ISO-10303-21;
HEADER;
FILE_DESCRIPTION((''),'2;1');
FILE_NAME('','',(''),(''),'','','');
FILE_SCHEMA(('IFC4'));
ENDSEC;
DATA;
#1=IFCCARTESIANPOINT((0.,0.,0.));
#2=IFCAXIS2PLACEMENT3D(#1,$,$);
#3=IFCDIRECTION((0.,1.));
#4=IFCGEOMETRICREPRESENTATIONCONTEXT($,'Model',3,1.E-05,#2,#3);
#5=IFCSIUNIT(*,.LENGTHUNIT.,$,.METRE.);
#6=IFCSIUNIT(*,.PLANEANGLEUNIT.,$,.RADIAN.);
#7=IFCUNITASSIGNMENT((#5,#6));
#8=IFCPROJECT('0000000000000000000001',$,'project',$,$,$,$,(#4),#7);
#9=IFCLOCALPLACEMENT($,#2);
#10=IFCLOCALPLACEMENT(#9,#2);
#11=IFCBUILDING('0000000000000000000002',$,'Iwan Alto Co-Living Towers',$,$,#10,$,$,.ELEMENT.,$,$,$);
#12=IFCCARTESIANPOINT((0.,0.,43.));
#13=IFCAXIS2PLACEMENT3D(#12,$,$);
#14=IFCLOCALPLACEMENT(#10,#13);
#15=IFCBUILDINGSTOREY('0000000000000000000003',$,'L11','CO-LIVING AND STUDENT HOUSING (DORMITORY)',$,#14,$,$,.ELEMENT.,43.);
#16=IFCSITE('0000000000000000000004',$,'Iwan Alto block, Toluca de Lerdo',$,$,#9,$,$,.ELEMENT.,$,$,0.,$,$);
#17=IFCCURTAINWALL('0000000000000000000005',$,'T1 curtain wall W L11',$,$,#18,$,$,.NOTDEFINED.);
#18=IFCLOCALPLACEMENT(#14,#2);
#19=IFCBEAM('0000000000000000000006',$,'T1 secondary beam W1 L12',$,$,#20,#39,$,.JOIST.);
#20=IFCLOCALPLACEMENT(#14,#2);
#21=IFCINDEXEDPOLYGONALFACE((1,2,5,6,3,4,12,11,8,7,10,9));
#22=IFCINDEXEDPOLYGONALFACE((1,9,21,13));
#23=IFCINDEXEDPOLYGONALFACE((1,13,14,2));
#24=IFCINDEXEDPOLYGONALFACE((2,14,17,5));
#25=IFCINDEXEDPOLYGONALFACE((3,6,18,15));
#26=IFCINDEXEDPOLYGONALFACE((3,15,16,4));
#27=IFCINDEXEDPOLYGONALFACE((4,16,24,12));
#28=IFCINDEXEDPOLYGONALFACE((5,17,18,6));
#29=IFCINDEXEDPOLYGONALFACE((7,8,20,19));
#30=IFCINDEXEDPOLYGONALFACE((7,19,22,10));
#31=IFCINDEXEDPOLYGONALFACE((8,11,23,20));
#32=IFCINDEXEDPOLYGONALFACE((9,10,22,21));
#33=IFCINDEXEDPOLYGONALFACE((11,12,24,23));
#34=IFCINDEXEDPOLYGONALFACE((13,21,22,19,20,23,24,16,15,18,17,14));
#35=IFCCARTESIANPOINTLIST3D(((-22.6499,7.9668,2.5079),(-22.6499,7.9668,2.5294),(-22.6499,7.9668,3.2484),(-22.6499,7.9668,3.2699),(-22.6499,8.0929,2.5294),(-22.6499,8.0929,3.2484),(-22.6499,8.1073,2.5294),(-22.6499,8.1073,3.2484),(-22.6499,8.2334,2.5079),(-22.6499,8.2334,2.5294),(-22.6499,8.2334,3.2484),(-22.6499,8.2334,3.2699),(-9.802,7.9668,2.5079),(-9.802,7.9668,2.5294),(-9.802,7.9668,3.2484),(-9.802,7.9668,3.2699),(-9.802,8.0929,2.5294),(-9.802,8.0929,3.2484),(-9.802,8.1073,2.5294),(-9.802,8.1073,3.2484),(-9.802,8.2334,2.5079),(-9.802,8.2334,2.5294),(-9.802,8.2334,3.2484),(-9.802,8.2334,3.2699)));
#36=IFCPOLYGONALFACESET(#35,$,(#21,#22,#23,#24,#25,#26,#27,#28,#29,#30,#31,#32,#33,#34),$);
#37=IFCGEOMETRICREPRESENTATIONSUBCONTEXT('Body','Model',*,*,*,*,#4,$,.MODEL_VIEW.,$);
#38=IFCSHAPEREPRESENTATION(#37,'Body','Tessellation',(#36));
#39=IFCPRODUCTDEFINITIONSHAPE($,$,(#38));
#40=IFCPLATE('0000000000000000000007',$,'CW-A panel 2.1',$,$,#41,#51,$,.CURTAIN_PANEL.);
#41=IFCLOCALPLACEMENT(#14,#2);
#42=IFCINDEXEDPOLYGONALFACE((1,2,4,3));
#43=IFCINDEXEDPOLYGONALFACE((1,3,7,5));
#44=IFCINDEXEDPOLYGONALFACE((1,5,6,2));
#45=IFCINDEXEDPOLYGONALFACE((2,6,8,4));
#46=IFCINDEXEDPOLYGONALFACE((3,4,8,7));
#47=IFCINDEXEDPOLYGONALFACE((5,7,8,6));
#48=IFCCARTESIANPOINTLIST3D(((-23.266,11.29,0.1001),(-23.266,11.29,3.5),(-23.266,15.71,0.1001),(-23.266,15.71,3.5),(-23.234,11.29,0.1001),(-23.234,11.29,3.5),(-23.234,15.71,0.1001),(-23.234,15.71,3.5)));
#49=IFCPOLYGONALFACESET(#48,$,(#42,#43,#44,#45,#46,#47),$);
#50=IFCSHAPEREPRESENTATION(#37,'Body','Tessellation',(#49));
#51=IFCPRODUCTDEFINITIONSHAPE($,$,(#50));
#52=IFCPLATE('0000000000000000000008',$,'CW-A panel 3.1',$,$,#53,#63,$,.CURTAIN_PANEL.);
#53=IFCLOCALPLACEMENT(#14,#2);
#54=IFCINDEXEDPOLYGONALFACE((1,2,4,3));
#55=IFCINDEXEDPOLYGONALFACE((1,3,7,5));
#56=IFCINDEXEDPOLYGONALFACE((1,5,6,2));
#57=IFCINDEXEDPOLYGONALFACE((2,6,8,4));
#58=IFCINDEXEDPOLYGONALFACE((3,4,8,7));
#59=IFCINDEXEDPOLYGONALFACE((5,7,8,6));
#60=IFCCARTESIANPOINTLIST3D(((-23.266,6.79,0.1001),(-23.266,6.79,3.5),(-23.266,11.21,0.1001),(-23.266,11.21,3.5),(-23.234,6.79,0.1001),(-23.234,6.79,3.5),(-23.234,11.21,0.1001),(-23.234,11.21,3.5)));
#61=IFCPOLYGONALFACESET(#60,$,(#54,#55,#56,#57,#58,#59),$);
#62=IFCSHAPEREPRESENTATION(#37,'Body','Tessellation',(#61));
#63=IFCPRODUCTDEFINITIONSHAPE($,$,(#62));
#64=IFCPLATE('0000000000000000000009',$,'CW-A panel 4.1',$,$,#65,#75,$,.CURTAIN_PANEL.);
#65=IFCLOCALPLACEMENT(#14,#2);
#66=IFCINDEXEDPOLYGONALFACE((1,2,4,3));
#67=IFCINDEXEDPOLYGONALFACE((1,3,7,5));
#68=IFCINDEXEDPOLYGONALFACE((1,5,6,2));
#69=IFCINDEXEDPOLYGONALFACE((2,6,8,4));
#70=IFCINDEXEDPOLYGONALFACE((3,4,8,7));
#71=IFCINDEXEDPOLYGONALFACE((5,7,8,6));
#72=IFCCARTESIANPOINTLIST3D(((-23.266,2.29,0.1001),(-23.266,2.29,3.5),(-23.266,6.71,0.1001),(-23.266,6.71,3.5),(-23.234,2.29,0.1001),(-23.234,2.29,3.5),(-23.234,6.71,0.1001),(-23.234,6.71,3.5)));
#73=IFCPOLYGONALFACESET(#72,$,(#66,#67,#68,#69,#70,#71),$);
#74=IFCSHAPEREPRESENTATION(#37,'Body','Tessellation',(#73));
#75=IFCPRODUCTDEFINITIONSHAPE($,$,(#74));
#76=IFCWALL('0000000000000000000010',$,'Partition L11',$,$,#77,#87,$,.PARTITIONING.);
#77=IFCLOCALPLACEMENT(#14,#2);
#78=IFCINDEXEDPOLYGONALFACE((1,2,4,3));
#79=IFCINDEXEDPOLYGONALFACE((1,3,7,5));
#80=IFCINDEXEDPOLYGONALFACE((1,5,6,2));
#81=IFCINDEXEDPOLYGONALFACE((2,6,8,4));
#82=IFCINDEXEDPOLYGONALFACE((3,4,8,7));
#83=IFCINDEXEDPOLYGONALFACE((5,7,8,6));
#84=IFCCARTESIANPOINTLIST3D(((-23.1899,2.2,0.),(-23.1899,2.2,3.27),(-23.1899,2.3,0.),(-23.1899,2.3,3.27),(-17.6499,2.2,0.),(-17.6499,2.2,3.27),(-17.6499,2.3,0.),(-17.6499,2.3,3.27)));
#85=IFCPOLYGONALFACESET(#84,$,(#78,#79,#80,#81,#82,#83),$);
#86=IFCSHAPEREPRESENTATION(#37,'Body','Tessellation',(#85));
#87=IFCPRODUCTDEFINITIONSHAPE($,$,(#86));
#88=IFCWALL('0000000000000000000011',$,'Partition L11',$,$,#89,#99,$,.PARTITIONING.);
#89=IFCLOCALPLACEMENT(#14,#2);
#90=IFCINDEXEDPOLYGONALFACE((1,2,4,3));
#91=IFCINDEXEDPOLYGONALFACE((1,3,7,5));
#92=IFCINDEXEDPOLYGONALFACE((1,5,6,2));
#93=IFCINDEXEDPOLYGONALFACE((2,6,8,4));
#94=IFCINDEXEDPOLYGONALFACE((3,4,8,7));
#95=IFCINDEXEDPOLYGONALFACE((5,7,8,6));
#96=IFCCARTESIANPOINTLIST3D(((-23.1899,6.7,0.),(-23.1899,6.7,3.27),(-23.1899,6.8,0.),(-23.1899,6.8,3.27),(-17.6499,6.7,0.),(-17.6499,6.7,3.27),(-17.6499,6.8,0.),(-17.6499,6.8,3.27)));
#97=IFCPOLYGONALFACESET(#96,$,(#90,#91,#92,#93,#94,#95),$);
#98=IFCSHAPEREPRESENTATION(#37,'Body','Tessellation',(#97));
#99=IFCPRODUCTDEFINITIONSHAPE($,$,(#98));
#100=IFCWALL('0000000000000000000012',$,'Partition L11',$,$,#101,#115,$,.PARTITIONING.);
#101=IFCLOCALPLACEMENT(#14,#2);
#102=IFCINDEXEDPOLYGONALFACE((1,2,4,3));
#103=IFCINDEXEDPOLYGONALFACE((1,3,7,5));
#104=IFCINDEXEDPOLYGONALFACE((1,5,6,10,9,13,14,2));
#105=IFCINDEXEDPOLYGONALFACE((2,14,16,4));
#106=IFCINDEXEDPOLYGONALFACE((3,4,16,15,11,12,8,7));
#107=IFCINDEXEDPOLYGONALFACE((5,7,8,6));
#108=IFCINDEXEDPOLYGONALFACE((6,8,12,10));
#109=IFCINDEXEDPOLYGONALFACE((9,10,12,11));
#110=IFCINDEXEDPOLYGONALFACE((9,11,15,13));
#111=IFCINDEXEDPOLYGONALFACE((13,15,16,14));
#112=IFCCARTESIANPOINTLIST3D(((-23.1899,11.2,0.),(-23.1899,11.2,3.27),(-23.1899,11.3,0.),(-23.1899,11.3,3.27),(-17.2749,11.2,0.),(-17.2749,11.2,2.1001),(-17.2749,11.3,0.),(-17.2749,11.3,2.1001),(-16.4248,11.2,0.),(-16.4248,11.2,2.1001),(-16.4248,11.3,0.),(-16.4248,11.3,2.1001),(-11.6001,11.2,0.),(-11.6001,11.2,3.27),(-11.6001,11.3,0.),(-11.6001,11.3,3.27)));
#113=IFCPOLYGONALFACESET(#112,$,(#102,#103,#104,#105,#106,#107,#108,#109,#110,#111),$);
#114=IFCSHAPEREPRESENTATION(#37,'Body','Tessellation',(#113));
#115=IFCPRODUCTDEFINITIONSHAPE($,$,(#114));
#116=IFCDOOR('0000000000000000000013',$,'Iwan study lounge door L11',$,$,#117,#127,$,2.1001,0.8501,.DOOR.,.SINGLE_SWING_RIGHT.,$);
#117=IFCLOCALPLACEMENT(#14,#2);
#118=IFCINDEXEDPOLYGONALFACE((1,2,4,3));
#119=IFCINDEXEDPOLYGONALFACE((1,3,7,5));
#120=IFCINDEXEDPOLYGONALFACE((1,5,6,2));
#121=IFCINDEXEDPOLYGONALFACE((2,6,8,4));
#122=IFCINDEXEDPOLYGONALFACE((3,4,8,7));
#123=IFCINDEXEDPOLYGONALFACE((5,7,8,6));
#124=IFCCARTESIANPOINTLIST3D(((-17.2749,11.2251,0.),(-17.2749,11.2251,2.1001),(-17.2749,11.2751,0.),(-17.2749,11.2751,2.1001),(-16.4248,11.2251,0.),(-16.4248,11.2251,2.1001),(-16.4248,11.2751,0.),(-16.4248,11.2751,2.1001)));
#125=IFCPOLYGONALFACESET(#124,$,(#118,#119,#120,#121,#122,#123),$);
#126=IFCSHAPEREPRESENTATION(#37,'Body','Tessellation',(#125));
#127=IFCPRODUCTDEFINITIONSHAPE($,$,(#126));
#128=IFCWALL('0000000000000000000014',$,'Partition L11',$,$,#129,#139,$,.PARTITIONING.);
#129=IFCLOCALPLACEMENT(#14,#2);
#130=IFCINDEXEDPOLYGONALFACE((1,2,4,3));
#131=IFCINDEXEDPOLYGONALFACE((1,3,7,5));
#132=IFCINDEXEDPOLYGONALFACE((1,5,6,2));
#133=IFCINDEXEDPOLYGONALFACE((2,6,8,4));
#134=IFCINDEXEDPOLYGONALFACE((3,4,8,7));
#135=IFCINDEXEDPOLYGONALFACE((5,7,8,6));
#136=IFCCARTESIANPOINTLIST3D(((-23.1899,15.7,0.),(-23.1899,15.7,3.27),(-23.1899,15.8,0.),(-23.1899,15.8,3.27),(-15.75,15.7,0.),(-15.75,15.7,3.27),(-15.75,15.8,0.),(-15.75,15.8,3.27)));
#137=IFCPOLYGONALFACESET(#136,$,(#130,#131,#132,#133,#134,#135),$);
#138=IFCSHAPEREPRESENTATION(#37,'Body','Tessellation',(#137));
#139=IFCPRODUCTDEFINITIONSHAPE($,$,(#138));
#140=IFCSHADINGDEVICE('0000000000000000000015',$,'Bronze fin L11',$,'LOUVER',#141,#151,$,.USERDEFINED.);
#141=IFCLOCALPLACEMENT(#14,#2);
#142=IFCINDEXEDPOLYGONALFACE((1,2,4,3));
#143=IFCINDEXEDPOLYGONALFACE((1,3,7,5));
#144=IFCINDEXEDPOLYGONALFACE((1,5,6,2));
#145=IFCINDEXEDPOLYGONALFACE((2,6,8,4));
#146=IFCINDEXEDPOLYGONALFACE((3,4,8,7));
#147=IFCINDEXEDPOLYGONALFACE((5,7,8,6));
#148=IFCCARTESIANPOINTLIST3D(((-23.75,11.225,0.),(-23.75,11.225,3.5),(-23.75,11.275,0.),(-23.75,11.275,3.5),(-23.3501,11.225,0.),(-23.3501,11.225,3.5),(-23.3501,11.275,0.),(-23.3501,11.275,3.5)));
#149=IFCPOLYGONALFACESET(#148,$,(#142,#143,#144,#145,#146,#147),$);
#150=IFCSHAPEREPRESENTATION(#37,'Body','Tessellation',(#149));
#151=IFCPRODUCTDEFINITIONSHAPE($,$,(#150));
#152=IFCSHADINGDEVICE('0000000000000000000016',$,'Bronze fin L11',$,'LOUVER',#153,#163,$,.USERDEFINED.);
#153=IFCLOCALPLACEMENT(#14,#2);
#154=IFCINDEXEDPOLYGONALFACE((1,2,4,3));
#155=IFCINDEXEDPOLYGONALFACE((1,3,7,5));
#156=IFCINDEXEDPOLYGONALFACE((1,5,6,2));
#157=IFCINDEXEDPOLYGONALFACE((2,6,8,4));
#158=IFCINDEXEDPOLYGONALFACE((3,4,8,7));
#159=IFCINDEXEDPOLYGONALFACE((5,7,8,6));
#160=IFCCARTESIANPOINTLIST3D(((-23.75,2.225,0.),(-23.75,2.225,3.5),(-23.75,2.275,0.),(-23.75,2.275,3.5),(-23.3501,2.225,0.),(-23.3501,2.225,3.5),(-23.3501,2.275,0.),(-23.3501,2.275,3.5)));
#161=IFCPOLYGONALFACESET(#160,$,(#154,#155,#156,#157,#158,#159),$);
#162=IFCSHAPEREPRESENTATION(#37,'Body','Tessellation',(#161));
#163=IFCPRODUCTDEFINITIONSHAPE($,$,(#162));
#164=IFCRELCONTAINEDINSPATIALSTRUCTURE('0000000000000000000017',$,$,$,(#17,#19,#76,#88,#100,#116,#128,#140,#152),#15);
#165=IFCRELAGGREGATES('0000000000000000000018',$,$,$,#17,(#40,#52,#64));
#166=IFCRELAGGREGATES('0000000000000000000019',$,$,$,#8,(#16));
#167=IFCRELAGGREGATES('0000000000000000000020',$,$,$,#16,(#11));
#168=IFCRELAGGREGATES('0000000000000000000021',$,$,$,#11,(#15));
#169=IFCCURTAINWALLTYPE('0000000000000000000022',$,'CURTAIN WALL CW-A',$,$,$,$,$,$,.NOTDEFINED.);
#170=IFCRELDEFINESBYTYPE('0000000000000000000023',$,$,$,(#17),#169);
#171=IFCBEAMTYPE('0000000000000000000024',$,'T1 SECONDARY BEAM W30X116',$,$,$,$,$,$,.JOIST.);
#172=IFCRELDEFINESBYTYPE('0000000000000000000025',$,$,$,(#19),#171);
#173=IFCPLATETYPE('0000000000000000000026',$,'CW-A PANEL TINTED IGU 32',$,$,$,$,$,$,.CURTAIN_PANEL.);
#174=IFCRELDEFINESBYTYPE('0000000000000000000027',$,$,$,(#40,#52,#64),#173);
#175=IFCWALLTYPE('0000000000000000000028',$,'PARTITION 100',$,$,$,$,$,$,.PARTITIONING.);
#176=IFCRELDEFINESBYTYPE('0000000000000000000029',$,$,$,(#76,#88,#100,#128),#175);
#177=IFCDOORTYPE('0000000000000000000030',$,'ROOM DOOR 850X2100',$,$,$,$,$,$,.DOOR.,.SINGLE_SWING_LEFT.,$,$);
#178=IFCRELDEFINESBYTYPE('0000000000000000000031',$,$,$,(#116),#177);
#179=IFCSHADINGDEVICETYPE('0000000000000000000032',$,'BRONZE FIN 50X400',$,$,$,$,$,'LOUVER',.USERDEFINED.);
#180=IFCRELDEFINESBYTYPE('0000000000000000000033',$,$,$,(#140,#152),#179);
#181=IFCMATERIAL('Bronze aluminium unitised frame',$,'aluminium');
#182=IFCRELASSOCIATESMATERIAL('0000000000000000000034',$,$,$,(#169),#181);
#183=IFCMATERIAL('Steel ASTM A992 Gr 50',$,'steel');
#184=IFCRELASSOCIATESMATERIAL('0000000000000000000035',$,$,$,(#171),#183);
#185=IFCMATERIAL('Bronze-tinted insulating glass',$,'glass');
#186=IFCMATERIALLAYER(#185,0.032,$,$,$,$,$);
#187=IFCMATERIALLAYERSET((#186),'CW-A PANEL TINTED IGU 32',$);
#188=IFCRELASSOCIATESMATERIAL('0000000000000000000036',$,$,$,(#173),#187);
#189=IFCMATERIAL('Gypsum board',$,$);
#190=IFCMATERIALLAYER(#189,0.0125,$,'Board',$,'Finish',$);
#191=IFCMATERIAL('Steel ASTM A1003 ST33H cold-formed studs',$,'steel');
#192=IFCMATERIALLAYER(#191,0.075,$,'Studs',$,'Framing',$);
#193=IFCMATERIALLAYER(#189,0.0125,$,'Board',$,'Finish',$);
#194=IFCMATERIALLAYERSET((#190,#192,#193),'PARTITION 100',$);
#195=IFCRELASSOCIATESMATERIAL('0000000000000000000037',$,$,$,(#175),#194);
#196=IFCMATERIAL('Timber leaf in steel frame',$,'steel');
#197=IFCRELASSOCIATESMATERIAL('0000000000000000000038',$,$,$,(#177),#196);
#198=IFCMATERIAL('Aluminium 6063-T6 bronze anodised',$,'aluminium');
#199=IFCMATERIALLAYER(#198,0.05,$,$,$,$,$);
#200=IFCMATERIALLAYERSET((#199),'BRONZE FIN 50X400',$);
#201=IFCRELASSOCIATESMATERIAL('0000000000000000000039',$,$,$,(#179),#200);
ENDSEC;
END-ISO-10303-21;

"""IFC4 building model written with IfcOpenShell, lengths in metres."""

from ifc_helpers import new_model, si_unit, direction, frame, frame_2d, origin, origin_2d, place, context, subcontext, project, spatial, rectangle, i_section, extrude, material, layer, layer_set, material_profile, profile_set, type_object, element, fill, aggregate, save


model = new_model("IFC4")

# Units and contexts
model_context = context("Model", 3, precision=1e-05, world=origin(), true_north=direction((0.0, 1.0)))
body_context = subcontext(model_context, "Body", "Model", "MODEL_VIEW")
ifc_project = project(units=[si_unit("LENGTHUNIT", "METRE"), si_unit("PLANEANGLEUNIT", "RADIAN")], contexts=[model_context])

# Site, building, storey
site_placement = place(None, origin())
site = spatial("IfcSite", under=ifc_project, at=site_placement, Name="Iwan Alto block, Toluca de Lerdo", CompositionType="ELEMENT", RefElevation=0.0)
building_placement = place(site_placement, origin())
building = spatial("IfcBuilding", under=site, at=building_placement, Name="Iwan Alto Co-Living Towers", CompositionType="ELEMENT")
storey_placement = place(building_placement, frame((0.0, 0.0, 43.0)))
storey = spatial("IfcBuildingStorey", under=building, at=storey_placement, Name="L11", Description="CO-LIVING AND STUDENT HOUSING (DORMITORY)", CompositionType="ELEMENT", Elevation=43.0)

# Curtain wall
ifc_material_1 = material(Name="Bronze aluminium unitised frame", Category="aluminium")
curtain_wall_type = type_object("IfcCurtainWallType", Name="CURTAIN WALL CW-A", PredefinedType="NOTDEFINED", material=ifc_material_1)
curtain_wall_placement = place(storey_placement, origin())
curtain_wall = element("IfcCurtainWall", 1, at=curtain_wall_placement, inside=storey, type_object=curtain_wall_type, Name="T1 curtain wall W L11", PredefinedType="NOTDEFINED")

# Beam
ifc_material_2 = material(Name="Steel ASTM A992 Gr 50", Category="steel")
ifc_material_profile_1 = material_profile(ifc_material_2, i_section(OverallWidth=0.2666, OverallDepth=0.762, WebThickness=0.0144, FlangeThickness=0.0215, at=origin_2d()), Name="W30X116")
ifc_profile_set_1 = profile_set([ifc_material_profile_1], Name="Steel ASTM A992 Gr 50")
beam_type_1 = type_object("IfcBeamType", Name="T1 SECONDARY BEAM W30X116", PredefinedType="JOIST", material=ifc_profile_set_1)
beam_1_placement = place(storey_placement, frame((-22.6499, 8.1001, 2.8889), z_axis=(1.0, 0.0, 0.0), x_axis=(0.0, 1.0, 0.0)))
element("IfcBeam", 2, at=beam_1_placement, inside=storey, type_object=beam_type_1, Name="T1 secondary beam W1 L12", PredefinedType="JOIST", context=body_context, shape_type="SweptSolid", body=[
    extrude(i_section(OverallWidth=0.2666, OverallDepth=0.762, WebThickness=0.0144, FlangeThickness=0.0215, at=origin_2d()), origin(), (0.0, 0.0, 1.0), 12.8479),
])

# Plates
ifc_material_3 = material(Name="Bronze-tinted insulating glass", Category="glass")
ifc_layer_1 = layer(ifc_material_3, 0.032)
ifc_layer_set_1 = layer_set([ifc_layer_1], Name="CW-A PANEL TINTED IGU 32")
plate_type = type_object("IfcPlateType", Name="CW-A PANEL TINTED IGU 32", PredefinedType="CURTAIN_PANEL", material=ifc_layer_set_1)
plate_1_placement = place(storey_placement, frame((-23.25, 13.5, 0.1001), z_axis=(0.0, 0.0, 1.0), x_axis=(0.0, -1.0, 0.0)))
plate_1 = element("IfcPlate", 3, at=plate_1_placement, type_object=plate_type, Name="CW-A panel 2.1", PredefinedType="CURTAIN_PANEL", context=body_context, shape_type="SweptSolid", body=[
    extrude(rectangle(XDim=4.4199, YDim=0.032, at=origin_2d()), origin(), (0.0, 0.0, 1.0), 3.3999),
])
plate_2_placement = place(storey_placement, frame((-23.25, 9.0, 0.1001), z_axis=(0.0, 0.0, 1.0), x_axis=(0.0, -1.0, 0.0)))
plate_2 = element("IfcPlate", 4, at=plate_2_placement, type_object=plate_type, Name="CW-A panel 3.1", PredefinedType="CURTAIN_PANEL", context=body_context, shape_type="SweptSolid", body=[
    extrude(rectangle(XDim=4.4199, YDim=0.032, at=origin_2d()), origin(), (0.0, 0.0, 1.0), 3.3999),
])
plate_3_placement = place(storey_placement, frame((-23.25, 4.5, 0.1001), z_axis=(0.0, 0.0, 1.0), x_axis=(0.0, -1.0, 0.0)))
plate_3 = element("IfcPlate", 5, at=plate_3_placement, type_object=plate_type, Name="CW-A panel 4.1", PredefinedType="CURTAIN_PANEL", context=body_context, shape_type="SweptSolid", body=[
    extrude(rectangle(XDim=4.4199, YDim=0.032, at=origin_2d()), origin(), (0.0, 0.0, 1.0), 3.3999),
])
aggregate(curtain_wall, [plate_1, plate_2, plate_3])

# Walls
ifc_material_4 = material(Name="Gypsum board")
ifc_layer_2 = layer(ifc_material_4, 0.0125, Name="Board", Category="Finish")
ifc_material_5 = material(Name="Steel ASTM A1003 ST33H cold-formed studs", Category="steel")
ifc_layer_3 = layer(ifc_material_5, 0.075, Name="Studs", Category="Framing")
ifc_layer_4 = layer(ifc_material_4, 0.0125, Name="Board", Category="Finish")
ifc_layer_set_2 = layer_set([ifc_layer_2, ifc_layer_3, ifc_layer_4], Name="PARTITION 100")
wall_type = type_object("IfcWallType", Name="PARTITION 100", PredefinedType="PARTITIONING", material=ifc_layer_set_2)
for number, where, z_axis, x_axis, name in (
    (6, (-23.1899, 2.25, 0.0), (0.0, 0.0, 1.0), (1.0, 0.0, 0.0), "Partition L11"),
    (7, (-23.1899, 6.75, 0.0), (0.0, 0.0, 1.0), (1.0, 0.0, 0.0), "Partition L11"),
):
    element("IfcWall", number, at=place(storey_placement, frame(where, z_axis=z_axis, x_axis=x_axis)), inside=storey, type_object=wall_type, Name=name, PredefinedType="PARTITIONING", context=body_context, shape_type="SweptSolid", body=[
        extrude(rectangle(XDim=5.54, YDim=0.1001, at=frame_2d((2.77, 0.0))), origin(), (0.0, 0.0, 1.0), 3.27),
    ])

# Wall, opening, door
wall_1_placement = place(storey_placement, frame((-23.1899, 11.25, 0.0), z_axis=(0.0, 0.0, 1.0), x_axis=(1.0, 0.0, 0.0)))
wall_1 = element("IfcWall", 8, at=wall_1_placement, inside=storey, type_object=wall_type, Name="Partition L11", PredefinedType="PARTITIONING", context=body_context, shape_type="SweptSolid", body=[
    extrude(rectangle(XDim=11.5898, YDim=0.1001, at=frame_2d((5.7949, 0.0))), origin(), (0.0, 0.0, 1.0), 3.27),
])
opening_placement = place(wall_1_placement, frame((5.915, 0.0, 0.0)))
opening = element("IfcOpeningElement", 9, at=opening_placement, cuts=wall_1, PredefinedType="OPENING", context=body_context, shape_type="SweptSolid", body=[
    extrude(rectangle(XDim=0.8501, YDim=2.1001, at=frame_2d((0.425, 1.05))), frame((0.0, 0.0601, 0.0), z_axis=(0.0, -1.0, 0.0), x_axis=(1.0, 0.0, 0.0)), (0.0, 0.0, 1.0), 0.1201),
])
ifc_material_6 = material(Name="Timber leaf in steel frame", Category="steel")
door_type = type_object("IfcDoorType", Name="ROOM DOOR 850X2100", OperationType="SINGLE_SWING_LEFT", PredefinedType="DOOR", material=ifc_material_6)
door_placement = place(opening_placement, frame((0.8501, 0.0, 0.0), z_axis=(0.0, 0.0, 1.0), x_axis=(-1.0, 0.0, 0.0)))
door = element("IfcDoor", 10, at=door_placement, inside=storey, type_object=door_type, Name="Iwan study lounge door L11", OperationType="SINGLE_SWING_RIGHT", OverallHeight=2.1001, OverallWidth=0.8501, PredefinedType="DOOR", context=body_context, shape_type="SweptSolid", body=[
    extrude(rectangle(XDim=0.8501, YDim=2.1001, at=frame_2d((0.425, 1.05))), frame((0.0, 0.0249, 0.0), z_axis=(0.0, -1.0, 0.0), x_axis=(1.0, 0.0, 0.0)), (0.0, 0.0, 1.0), 0.05),
])
fill(opening, door)

# Wall
wall_2_placement = place(storey_placement, frame((-23.1899, 15.75, 0.0), z_axis=(0.0, 0.0, 1.0), x_axis=(1.0, 0.0, 0.0)))
element("IfcWall", 11, at=wall_2_placement, inside=storey, type_object=wall_type, Name="Partition L11", PredefinedType="PARTITIONING", context=body_context, shape_type="SweptSolid", body=[
    extrude(rectangle(XDim=7.4399, YDim=0.1001, at=frame_2d((3.72, 0.0))), origin(), (0.0, 0.0, 1.0), 3.27),
])

# Shading devices
ifc_material_7 = material(Name="Aluminium 6063-T6 bronze anodised", Category="aluminium")
ifc_layer_5 = layer(ifc_material_7, 0.05)
ifc_layer_set_3 = layer_set([ifc_layer_5], Name="BRONZE FIN 50X400")
shading_device_type = type_object("IfcShadingDeviceType", Name="BRONZE FIN 50X400", ElementType="LOUVER", PredefinedType="USERDEFINED", material=ifc_layer_set_3)
for number, where, z_axis, x_axis, name in (
    (12, (-23.55, 11.25, 0.0), (0.0, 0.0, 1.0), (0.0, -1.0, 0.0), "Bronze fin L11"),
    (13, (-23.55, 2.25, 0.0), (0.0, 0.0, 1.0), (0.0, -1.0, 0.0), "Bronze fin L11"),
):
    element("IfcShadingDevice", number, at=place(storey_placement, frame(where, z_axis=z_axis, x_axis=x_axis)), inside=storey, type_object=shading_device_type, Name=name, ObjectType="LOUVER", PredefinedType="USERDEFINED", context=body_context, shape_type="SweptSolid", body=[
        extrude(rectangle(XDim=0.05, YDim=0.3999, at=origin_2d()), origin(), (0.0, 0.0, 1.0), 3.5),
    ])

save(model, "model.ifc")
